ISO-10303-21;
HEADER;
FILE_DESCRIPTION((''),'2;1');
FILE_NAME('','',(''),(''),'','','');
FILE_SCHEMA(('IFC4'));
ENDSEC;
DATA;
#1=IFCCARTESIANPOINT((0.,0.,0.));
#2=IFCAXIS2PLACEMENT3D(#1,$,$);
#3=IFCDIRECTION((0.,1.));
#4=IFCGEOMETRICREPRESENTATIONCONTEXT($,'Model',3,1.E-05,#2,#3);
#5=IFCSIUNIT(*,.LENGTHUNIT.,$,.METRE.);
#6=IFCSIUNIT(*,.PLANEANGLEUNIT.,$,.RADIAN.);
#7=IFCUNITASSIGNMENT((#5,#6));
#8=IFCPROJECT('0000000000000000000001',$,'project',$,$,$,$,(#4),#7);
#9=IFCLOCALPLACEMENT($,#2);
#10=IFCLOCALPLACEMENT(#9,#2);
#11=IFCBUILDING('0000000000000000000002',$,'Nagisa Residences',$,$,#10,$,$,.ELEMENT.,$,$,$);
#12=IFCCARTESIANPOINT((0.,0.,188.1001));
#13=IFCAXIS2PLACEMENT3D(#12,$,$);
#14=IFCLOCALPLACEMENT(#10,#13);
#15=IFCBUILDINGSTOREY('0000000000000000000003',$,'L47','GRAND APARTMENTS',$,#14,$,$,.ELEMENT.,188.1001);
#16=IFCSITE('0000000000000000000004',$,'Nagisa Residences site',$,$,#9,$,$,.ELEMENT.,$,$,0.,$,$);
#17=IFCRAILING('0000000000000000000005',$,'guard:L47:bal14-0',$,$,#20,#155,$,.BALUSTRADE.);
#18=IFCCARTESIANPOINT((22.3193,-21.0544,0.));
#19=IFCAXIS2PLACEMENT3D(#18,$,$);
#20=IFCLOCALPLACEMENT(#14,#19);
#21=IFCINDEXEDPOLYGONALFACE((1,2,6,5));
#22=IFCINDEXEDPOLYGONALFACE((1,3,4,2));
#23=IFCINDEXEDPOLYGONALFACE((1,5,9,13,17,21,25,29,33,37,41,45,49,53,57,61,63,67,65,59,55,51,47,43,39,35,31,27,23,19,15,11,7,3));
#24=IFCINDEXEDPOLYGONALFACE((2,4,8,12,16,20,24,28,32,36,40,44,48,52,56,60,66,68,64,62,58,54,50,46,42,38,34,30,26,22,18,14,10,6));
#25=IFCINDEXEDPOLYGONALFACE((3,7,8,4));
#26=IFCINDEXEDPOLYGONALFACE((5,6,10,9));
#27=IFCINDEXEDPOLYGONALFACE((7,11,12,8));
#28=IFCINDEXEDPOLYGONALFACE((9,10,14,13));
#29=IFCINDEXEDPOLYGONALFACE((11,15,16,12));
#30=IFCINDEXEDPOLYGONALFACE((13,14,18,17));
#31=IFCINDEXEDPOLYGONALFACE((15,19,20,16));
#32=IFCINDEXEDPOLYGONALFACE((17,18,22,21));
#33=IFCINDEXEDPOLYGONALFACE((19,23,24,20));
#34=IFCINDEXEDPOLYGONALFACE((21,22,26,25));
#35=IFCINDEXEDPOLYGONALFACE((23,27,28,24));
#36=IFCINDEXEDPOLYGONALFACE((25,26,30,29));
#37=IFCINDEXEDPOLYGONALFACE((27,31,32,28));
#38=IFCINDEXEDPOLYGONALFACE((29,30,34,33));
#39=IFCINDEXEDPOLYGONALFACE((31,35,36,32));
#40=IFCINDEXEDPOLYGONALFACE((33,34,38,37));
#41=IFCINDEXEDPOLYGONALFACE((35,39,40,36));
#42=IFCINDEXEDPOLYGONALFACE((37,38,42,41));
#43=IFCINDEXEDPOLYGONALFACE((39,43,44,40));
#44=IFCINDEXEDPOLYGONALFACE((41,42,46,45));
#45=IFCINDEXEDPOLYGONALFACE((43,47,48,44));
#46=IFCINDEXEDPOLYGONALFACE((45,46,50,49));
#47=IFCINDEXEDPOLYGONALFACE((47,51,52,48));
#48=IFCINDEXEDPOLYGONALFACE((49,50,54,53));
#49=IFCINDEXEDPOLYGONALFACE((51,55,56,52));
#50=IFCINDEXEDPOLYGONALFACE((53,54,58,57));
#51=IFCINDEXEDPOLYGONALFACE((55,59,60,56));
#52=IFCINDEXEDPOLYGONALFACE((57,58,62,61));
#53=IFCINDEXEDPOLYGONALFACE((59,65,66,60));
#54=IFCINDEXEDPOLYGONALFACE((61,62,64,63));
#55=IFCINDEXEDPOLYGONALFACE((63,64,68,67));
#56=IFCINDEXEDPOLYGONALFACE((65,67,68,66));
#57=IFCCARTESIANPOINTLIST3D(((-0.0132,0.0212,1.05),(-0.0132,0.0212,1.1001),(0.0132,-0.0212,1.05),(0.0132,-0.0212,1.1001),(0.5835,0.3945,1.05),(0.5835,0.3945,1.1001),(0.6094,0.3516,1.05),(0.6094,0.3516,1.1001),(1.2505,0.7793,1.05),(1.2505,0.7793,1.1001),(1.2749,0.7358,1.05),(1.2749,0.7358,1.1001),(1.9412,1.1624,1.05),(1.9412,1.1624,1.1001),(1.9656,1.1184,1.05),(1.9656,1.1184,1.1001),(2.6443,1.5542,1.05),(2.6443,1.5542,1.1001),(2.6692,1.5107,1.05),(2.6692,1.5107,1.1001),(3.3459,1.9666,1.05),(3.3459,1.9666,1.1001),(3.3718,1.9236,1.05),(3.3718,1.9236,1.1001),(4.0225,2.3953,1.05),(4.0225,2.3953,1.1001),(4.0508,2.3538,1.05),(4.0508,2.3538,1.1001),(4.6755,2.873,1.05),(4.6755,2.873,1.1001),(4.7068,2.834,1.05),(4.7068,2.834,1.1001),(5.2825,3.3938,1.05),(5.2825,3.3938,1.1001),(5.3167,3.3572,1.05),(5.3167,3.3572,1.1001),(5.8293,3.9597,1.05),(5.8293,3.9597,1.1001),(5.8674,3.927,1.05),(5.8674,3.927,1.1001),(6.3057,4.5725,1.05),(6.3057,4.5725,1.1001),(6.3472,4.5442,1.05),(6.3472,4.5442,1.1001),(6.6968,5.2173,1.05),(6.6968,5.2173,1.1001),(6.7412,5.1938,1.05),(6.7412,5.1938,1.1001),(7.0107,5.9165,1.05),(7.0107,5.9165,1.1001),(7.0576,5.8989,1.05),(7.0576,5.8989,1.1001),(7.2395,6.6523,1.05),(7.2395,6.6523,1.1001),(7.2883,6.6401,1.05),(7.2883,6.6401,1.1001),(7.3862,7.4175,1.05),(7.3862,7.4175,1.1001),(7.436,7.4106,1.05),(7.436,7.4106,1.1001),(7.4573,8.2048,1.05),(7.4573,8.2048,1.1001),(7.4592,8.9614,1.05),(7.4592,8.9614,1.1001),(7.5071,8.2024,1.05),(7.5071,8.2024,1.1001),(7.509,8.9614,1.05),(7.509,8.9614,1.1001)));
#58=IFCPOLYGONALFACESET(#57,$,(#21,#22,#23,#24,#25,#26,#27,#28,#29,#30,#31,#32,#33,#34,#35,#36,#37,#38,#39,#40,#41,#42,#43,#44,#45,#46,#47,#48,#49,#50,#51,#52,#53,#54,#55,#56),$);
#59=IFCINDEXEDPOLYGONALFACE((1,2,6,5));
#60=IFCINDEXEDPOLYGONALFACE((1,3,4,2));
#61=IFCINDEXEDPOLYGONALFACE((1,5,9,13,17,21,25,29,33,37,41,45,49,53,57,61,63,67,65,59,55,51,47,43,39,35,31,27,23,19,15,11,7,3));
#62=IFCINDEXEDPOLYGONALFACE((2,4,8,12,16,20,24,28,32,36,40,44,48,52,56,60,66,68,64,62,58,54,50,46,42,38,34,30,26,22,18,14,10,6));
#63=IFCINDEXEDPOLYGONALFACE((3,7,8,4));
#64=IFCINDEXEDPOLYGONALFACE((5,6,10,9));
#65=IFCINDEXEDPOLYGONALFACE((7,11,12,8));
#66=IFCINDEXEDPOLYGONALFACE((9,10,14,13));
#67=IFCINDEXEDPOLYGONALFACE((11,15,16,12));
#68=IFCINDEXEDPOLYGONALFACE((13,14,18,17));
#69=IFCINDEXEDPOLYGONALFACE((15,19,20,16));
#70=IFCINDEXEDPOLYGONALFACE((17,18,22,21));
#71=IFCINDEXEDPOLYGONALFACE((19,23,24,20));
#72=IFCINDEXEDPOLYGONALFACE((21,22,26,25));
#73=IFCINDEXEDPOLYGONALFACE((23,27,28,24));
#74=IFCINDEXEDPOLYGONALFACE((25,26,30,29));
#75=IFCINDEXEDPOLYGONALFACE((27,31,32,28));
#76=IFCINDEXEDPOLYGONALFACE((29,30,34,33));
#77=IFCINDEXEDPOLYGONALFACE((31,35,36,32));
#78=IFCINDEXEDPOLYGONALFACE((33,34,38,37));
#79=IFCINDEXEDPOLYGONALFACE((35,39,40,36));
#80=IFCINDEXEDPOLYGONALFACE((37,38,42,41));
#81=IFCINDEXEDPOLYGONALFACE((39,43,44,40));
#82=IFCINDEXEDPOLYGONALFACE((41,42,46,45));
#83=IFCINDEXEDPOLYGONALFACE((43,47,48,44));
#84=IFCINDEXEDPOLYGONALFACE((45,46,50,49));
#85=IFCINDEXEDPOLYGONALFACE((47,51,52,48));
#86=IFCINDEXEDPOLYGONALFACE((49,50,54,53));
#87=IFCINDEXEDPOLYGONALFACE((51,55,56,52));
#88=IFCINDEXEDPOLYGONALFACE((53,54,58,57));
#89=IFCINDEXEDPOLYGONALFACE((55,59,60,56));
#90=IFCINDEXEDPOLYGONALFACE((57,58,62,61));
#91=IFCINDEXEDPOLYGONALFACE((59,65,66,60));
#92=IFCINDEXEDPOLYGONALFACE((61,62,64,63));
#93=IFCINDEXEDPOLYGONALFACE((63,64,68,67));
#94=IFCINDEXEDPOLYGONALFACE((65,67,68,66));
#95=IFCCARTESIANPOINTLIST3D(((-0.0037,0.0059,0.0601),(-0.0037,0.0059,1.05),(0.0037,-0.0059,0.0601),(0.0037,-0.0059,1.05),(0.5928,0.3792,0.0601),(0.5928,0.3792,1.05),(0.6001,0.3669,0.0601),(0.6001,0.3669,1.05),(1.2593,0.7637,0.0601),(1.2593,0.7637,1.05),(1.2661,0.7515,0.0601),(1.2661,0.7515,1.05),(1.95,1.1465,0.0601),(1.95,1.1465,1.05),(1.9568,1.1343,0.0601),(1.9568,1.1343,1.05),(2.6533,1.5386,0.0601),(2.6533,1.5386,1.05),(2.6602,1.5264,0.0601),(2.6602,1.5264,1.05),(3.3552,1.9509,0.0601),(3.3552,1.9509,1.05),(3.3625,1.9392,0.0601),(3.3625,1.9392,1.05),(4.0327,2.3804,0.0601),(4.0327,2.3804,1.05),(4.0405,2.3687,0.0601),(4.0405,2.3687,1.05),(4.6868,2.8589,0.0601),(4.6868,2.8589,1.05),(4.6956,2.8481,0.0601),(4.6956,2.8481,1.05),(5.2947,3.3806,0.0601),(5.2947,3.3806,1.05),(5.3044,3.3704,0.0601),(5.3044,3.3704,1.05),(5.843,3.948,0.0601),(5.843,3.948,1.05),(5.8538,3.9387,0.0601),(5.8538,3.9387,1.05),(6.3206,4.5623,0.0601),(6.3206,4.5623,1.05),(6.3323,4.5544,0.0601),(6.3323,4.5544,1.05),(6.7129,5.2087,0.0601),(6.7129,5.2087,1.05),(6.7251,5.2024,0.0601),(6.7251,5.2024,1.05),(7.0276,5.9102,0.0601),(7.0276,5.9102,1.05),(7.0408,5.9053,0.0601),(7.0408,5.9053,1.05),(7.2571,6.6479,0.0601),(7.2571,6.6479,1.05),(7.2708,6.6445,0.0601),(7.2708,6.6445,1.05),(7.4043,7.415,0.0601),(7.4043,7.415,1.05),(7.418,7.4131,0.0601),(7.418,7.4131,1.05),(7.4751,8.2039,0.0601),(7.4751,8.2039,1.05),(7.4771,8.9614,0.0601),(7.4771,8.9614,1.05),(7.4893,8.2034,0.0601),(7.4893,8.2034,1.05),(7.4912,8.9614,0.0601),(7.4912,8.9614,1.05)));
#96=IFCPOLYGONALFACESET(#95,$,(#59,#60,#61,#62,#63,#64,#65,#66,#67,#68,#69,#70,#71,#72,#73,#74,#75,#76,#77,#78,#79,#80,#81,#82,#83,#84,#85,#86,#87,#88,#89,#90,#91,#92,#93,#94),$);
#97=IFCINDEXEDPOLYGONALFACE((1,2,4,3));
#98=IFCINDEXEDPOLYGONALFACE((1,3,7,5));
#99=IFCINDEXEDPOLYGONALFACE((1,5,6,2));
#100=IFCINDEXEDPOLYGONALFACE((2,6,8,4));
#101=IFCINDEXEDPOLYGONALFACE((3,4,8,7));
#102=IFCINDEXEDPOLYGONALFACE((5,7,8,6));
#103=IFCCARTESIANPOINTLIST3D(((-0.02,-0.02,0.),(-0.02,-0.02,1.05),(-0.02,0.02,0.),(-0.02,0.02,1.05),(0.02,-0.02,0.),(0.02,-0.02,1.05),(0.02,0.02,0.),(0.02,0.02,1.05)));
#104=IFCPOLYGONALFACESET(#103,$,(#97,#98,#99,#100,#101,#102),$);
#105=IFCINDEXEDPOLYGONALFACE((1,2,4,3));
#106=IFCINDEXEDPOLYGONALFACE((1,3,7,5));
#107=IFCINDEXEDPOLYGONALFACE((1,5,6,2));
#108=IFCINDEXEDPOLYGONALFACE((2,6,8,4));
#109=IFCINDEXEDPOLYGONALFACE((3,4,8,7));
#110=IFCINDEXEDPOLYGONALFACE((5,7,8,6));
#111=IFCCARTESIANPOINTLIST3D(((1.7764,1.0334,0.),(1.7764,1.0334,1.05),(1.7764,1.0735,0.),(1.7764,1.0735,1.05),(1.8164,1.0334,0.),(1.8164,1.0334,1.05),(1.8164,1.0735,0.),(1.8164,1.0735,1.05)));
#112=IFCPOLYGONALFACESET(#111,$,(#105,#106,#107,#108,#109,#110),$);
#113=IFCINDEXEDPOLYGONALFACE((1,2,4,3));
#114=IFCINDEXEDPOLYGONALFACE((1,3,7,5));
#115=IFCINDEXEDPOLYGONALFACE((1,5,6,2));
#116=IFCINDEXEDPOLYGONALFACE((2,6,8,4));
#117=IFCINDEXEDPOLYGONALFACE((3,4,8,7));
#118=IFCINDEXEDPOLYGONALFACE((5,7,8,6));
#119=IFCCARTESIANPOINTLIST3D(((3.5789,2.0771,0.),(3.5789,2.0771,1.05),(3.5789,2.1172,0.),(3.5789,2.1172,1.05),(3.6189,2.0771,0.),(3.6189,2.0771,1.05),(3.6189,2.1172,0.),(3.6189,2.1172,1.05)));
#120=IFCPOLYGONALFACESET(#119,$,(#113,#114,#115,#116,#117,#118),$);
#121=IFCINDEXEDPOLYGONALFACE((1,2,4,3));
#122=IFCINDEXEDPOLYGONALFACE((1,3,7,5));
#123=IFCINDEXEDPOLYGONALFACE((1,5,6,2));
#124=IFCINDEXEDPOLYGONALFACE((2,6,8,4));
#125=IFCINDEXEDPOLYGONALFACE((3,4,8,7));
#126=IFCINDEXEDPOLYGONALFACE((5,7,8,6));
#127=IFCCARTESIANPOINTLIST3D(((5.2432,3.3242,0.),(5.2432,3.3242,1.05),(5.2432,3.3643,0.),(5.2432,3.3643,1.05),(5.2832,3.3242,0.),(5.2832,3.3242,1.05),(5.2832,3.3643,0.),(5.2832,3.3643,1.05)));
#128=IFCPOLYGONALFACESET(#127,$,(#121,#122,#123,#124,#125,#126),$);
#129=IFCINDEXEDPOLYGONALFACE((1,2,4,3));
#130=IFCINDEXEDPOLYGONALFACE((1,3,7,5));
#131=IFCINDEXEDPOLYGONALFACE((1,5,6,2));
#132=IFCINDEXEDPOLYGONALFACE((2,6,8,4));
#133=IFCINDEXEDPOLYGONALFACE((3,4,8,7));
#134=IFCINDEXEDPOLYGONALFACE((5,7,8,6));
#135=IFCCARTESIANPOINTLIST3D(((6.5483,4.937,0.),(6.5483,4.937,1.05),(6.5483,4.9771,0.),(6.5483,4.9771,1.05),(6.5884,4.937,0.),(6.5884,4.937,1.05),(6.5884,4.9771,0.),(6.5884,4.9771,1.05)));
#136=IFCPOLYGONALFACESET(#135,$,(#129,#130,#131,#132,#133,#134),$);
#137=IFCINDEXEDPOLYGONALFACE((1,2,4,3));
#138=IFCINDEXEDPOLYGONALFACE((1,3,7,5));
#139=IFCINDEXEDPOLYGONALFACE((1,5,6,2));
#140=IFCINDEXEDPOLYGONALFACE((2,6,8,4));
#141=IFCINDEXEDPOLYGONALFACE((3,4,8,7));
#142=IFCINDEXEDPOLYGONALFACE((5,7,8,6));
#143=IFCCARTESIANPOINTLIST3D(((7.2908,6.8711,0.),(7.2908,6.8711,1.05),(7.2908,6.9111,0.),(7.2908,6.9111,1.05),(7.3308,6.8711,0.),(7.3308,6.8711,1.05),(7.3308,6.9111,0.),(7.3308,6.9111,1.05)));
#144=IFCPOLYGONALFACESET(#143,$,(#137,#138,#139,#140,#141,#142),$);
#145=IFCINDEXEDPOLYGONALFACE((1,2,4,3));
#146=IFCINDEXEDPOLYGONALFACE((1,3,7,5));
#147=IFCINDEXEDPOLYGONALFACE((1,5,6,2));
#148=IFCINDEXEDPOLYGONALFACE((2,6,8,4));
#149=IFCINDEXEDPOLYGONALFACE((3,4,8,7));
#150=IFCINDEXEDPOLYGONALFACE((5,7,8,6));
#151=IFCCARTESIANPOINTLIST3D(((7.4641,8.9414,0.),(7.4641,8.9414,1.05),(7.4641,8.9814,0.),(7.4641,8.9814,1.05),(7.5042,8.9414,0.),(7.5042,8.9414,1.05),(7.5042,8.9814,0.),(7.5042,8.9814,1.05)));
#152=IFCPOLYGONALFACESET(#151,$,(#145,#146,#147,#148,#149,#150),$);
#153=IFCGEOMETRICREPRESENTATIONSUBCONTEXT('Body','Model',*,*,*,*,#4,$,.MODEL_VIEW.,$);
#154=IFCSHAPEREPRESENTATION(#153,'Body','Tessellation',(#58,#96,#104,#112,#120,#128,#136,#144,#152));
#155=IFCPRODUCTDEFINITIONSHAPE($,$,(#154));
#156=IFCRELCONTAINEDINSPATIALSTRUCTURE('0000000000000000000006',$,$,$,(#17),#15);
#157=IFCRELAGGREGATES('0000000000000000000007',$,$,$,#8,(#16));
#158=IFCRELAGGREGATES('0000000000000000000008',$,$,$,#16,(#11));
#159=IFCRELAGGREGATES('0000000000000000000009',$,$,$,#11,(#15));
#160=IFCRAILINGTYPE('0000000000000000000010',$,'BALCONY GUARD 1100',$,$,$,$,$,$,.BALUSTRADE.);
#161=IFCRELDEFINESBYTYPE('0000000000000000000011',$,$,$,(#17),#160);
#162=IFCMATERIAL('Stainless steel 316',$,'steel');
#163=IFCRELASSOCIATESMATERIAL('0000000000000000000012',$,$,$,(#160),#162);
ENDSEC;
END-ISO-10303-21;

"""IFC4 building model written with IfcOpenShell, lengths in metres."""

from ifc_helpers import new_model, si_unit, direction, frame, origin, origin_2d, place, context, subcontext, project, spatial, polyline, rectangle, outline, extrude, material, type_object, element, save


model = new_model("IFC4")

# Units and contexts
model_context = context("Model", 3, precision=1e-05, world=origin(), true_north=direction((0.0, 1.0)))
body_context = subcontext(model_context, "Body", "Model", "MODEL_VIEW")
ifc_project = project(units=[si_unit("LENGTHUNIT", "METRE"), si_unit("PLANEANGLEUNIT", "RADIAN")], contexts=[model_context])

# Site, building, storey
site_placement = place(None, origin())
site = spatial("IfcSite", under=ifc_project, at=site_placement, Name="Nagisa Residences site", CompositionType="ELEMENT", RefElevation=0.0)
building_placement = place(site_placement, origin())
building = spatial("IfcBuilding", under=site, at=building_placement, Name="Nagisa Residences", CompositionType="ELEMENT")
storey_placement = place(building_placement, frame((0.0, 0.0, 188.1001)))
storey = spatial("IfcBuildingStorey", under=building, at=storey_placement, Name="L47", Description="GRAND APARTMENTS", CompositionType="ELEMENT", Elevation=188.1001)

# Railing
ifc_material_1 = material(Name="Stainless steel 316", Category="steel")
railing_type = type_object("IfcRailingType", Name="BALCONY GUARD 1100", PredefinedType="BALUSTRADE", material=ifc_material_1)
railing_1_placement = place(storey_placement, frame((22.3193, -21.0544, 0.0)))
element("IfcRailing", 1, at=railing_1_placement, inside=storey, type_object=railing_type, Name="guard:L47:bal14-0", PredefinedType="BALUSTRADE", context=body_context, shape_type="SweptSolid", body=[
    extrude(outline(polyline([(0.5835, 0.3945), (-0.0132, 0.0212), (0.0132, -0.0212), (0.6094, 0.3516), (1.2749, 0.7358), (1.9656, 1.1184), (2.6692, 1.5107), (3.3718, 1.9236), (4.0508, 2.3538), (4.7068, 2.834), (5.3167, 3.3572), (5.8674, 3.927), (6.3472, 4.5442), (6.7412, 5.1938), (7.0576, 5.8989), (7.2883, 6.6401), (7.436, 7.4106), (7.5071, 8.2024), (7.509, 8.9614), (7.4592, 8.9614), (7.4573, 8.2048), (7.3862, 7.4175), (7.2395, 6.6523), (7.0107, 5.9165), (6.6968, 5.2173), (6.3057, 4.5725), (5.8293, 3.9597), (5.2825, 3.3938), (4.6755, 2.873), (4.0225, 2.3953), (3.3459, 1.9666), (2.6443, 1.5542), (1.9412, 1.1624), (1.2505, 0.7793), (0.5835, 0.3945)])), frame((0.0, 0.0, 1.05)), (0.0, 0.0, 1.0), 0.05),
    extrude(outline(polyline([(0.5928, 0.3792), (-0.0037, 0.0059), (0.0037, -0.0059), (0.6001, 0.3669), (1.2661, 0.7515), (1.9568, 1.1343), (2.6602, 1.5264), (3.3625, 1.9392), (4.0405, 2.3687), (4.6956, 2.8481), (5.3044, 3.3704), (5.8538, 3.9387), (6.3323, 4.5544), (6.7251, 5.2024), (7.0408, 5.9053), (7.2708, 6.6445), (7.418, 7.4131), (7.4893, 8.2034), (7.4912, 8.9614), (7.4771, 8.9614), (7.4751, 8.2039), (7.4043, 7.415), (7.2571, 6.6479), (7.0276, 5.9102), (6.7129, 5.2087), (6.3206, 4.5623), (5.843, 3.948), (5.2947, 3.3806), (4.6868, 2.8589), (4.0327, 2.3804), (3.3552, 1.9509), (2.6533, 1.5386), (1.95, 1.1465), (1.2593, 0.7637), (0.5928, 0.3792)])), frame((0.0, 0.0, 0.0601)), (0.0, 0.0, 1.0), 0.99),
    extrude(rectangle(XDim=0.04, YDim=0.04, at=origin_2d()), origin(), (0.0, 0.0, 1.0), 1.05),
    extrude(rectangle(XDim=0.04, YDim=0.04, at=origin_2d()), frame((1.7964, 1.0535, 0.0)), (0.0, 0.0, 1.0), 1.05),
    extrude(rectangle(XDim=0.04, YDim=0.04, at=origin_2d()), frame((3.5989, 2.0972, 0.0)), (0.0, 0.0, 1.0), 1.05),
    extrude(rectangle(XDim=0.04, YDim=0.04, at=origin_2d()), frame((5.2632, 3.3442, 0.0)), (0.0, 0.0, 1.0), 1.05),
    extrude(rectangle(XDim=0.04, YDim=0.04, at=origin_2d()), frame((6.5684, 4.957, 0.0)), (0.0, 0.0, 1.0), 1.05),
    extrude(rectangle(XDim=0.04, YDim=0.04, at=origin_2d()), frame((7.3108, 6.8911, 0.0)), (0.0, 0.0, 1.0), 1.05),
    extrude(rectangle(XDim=0.04, YDim=0.04, at=origin_2d()), frame((7.4841, 8.9614, 0.0)), (0.0, 0.0, 1.0), 1.05),
])

save(model, "model.ifc")
